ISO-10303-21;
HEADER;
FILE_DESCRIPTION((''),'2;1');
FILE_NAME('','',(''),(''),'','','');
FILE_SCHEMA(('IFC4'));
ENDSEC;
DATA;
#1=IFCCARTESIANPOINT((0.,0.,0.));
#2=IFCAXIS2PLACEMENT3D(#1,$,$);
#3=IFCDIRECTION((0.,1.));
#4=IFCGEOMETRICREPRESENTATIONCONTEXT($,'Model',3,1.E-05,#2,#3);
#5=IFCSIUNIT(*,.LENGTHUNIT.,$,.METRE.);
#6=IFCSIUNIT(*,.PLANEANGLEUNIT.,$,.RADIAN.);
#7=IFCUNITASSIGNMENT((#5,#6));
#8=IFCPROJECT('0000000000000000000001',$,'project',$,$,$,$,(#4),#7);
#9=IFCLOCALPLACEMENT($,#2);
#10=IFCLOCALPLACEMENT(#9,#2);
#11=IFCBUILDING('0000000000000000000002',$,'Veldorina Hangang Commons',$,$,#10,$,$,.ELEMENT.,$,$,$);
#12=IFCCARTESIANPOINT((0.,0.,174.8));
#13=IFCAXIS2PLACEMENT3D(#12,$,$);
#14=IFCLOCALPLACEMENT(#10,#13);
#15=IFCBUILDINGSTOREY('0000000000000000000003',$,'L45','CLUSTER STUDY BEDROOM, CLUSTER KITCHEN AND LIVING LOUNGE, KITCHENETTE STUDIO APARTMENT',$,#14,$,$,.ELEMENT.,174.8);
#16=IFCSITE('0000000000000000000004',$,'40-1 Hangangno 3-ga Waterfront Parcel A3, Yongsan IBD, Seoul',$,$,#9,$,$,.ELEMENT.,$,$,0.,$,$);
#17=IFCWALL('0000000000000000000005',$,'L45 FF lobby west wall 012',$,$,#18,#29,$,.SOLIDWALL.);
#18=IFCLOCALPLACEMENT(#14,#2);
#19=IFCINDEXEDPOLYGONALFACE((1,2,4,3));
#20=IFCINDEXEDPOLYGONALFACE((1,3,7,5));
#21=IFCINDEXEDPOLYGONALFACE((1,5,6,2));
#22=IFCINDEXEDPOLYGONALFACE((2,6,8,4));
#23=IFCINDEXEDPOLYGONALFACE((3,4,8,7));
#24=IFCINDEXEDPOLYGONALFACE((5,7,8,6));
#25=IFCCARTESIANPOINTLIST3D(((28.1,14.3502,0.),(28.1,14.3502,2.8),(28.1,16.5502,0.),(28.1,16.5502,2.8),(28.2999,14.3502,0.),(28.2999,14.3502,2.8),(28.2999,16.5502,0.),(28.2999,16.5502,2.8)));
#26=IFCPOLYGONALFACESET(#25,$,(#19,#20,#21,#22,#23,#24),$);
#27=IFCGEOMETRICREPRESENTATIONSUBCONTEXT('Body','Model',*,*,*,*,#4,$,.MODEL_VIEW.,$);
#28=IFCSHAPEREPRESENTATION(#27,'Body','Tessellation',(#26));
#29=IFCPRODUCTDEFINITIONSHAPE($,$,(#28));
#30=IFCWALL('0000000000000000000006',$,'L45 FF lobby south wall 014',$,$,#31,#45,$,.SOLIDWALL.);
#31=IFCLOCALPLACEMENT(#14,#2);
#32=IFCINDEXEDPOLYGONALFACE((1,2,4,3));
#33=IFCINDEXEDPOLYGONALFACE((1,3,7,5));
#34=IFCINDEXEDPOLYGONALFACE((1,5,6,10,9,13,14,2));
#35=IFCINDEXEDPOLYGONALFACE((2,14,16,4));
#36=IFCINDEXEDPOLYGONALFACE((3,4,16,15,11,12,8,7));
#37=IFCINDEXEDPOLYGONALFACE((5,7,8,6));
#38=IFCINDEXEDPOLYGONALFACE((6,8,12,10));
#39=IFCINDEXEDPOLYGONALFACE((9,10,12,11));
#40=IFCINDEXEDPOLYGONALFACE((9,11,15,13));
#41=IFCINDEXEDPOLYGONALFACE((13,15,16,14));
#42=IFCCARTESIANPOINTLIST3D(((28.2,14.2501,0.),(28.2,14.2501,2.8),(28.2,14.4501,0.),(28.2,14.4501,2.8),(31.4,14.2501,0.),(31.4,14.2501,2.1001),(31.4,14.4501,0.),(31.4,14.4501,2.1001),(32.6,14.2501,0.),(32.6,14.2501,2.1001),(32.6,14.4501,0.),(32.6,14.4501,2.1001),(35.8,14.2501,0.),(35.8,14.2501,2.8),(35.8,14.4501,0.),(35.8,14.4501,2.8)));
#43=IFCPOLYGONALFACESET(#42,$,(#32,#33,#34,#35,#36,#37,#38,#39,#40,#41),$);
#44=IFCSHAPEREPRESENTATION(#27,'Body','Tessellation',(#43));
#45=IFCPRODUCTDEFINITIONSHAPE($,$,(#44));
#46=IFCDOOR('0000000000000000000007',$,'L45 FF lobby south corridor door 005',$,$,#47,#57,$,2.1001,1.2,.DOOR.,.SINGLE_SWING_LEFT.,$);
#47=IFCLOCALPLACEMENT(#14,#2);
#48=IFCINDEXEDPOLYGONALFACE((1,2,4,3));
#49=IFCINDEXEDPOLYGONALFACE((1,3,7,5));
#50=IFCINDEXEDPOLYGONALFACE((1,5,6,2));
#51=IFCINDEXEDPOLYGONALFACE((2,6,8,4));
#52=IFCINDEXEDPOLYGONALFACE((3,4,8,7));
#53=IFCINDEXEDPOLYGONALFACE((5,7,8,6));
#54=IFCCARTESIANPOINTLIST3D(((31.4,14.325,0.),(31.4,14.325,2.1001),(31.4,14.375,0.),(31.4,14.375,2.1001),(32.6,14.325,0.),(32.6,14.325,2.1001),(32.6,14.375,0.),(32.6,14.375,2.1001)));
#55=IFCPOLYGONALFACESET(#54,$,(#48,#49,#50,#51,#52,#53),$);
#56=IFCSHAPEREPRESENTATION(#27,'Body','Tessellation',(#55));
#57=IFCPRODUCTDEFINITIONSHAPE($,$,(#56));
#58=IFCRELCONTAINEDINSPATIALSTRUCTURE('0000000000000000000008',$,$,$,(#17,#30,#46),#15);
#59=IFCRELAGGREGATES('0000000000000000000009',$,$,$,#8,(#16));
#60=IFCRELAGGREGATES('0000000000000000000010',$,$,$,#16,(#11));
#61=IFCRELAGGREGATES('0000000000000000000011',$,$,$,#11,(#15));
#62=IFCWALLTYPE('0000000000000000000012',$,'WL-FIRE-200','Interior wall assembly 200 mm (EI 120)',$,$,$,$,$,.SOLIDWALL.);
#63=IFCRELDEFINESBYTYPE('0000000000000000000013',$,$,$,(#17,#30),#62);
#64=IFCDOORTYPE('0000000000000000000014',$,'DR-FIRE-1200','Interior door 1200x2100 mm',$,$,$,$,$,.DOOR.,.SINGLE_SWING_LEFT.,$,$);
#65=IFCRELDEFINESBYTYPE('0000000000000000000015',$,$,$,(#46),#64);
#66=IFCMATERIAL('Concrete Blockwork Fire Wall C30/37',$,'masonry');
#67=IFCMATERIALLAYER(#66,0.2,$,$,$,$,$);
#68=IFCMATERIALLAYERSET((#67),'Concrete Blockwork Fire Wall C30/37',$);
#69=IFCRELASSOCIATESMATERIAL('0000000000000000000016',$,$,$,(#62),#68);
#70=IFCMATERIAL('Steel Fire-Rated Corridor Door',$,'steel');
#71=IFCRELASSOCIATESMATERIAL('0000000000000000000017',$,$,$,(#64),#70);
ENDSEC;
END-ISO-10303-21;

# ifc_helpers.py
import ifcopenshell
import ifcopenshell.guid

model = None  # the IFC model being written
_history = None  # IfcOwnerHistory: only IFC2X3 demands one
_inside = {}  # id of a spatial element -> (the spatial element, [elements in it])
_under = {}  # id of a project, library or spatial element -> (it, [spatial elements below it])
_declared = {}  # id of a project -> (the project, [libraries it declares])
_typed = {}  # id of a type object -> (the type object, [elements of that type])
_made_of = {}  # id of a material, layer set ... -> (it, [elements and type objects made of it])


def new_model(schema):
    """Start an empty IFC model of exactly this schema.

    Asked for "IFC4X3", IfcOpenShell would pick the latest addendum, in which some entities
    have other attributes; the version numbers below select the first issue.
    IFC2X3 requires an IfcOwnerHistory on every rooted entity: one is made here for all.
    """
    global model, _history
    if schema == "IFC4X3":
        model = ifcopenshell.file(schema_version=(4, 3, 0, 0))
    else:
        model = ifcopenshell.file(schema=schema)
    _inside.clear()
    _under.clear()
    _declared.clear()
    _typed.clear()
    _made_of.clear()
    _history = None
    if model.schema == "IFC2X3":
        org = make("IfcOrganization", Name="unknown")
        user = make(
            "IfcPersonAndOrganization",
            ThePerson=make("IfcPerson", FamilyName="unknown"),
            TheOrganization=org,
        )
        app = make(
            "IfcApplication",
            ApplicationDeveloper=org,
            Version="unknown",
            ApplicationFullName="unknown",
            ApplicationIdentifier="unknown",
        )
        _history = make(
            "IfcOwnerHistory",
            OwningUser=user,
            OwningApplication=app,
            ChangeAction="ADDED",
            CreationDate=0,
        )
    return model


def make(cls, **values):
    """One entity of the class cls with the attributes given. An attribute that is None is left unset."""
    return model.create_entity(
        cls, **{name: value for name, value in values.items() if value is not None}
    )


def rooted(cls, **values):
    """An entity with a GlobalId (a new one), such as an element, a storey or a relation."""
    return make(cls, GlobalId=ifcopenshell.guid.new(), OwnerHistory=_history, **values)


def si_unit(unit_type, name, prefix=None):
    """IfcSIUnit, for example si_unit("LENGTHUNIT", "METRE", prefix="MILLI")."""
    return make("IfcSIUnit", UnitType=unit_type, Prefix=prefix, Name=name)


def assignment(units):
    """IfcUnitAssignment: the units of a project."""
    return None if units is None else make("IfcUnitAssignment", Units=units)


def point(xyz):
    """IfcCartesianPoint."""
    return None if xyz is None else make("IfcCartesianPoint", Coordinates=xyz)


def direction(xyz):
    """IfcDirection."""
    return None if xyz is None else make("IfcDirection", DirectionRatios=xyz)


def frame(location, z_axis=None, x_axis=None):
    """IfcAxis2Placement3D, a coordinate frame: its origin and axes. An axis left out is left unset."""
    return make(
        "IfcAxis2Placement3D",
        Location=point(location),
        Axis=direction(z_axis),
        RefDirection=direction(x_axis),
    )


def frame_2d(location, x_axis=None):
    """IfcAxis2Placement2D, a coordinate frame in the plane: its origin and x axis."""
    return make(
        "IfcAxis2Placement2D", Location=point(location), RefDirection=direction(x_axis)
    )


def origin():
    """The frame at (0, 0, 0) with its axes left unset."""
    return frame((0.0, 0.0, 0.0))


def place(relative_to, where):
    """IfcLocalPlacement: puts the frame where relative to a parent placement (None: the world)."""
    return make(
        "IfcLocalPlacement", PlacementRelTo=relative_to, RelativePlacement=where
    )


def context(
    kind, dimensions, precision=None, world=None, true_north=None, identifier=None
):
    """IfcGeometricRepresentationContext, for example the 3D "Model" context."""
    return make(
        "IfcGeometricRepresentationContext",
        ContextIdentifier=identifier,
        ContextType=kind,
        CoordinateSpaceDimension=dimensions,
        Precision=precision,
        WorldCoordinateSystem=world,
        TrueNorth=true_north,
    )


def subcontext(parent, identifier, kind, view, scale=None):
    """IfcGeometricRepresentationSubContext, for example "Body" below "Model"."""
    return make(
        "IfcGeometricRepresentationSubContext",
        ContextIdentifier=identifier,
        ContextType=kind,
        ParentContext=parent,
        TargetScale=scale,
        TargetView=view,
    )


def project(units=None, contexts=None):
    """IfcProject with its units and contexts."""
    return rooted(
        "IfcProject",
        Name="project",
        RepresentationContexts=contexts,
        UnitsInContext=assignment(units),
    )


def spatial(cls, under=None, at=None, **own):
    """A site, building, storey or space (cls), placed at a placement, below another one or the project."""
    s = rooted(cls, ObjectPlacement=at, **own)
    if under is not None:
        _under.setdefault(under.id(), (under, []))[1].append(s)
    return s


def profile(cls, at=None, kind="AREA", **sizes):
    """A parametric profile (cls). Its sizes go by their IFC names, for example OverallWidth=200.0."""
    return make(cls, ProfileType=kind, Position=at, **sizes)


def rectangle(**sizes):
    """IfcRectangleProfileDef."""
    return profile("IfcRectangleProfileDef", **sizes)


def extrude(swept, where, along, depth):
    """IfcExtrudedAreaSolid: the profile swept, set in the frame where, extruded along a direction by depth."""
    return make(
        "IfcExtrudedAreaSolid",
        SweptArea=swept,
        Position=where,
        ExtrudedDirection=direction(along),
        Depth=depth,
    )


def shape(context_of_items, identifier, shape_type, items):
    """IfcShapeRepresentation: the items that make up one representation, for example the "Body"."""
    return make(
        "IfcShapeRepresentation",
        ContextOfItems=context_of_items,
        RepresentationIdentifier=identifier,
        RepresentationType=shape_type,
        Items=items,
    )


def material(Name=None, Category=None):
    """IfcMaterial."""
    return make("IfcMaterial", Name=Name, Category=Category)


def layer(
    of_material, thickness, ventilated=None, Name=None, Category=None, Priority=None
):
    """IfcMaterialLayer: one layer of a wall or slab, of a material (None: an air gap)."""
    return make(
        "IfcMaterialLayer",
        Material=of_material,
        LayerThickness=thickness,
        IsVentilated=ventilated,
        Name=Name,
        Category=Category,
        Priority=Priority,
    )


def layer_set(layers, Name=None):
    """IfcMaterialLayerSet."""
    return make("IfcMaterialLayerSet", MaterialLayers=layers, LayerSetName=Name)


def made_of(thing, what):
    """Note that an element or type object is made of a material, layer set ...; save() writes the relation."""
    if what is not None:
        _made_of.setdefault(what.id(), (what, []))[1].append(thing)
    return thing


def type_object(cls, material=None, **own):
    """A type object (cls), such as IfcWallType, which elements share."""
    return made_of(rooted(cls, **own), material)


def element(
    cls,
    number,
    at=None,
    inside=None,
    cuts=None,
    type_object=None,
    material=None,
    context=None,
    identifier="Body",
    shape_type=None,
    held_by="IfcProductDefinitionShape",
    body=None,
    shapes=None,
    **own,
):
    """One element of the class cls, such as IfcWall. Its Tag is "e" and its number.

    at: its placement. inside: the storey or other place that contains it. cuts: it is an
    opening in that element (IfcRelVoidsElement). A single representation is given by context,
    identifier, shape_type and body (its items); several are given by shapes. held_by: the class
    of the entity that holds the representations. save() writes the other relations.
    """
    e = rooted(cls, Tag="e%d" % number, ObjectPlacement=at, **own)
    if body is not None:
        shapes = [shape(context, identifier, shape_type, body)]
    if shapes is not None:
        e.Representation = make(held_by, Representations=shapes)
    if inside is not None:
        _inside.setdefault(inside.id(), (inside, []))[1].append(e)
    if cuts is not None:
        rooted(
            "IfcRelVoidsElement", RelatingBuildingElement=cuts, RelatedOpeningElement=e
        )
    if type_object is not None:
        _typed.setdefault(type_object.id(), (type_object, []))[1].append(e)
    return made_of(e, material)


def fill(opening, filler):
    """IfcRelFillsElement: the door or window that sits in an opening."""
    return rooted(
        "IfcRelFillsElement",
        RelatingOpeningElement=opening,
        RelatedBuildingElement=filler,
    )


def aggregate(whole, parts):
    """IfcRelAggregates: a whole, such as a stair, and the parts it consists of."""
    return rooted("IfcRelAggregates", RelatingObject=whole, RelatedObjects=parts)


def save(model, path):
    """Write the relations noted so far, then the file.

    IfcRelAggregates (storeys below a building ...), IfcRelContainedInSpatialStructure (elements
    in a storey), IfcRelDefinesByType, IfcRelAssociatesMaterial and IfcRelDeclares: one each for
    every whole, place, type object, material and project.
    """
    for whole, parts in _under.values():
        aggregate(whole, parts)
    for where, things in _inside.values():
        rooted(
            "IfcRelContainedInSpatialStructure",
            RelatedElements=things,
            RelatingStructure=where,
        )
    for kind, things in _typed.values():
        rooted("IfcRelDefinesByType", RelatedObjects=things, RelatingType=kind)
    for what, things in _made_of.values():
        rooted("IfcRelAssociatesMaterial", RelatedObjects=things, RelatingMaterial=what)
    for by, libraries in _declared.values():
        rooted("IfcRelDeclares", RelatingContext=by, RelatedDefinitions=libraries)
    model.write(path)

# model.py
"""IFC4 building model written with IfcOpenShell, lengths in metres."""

from ifc_helpers import new_model, si_unit, direction, frame, frame_2d, origin, place, context, subcontext, project, spatial, rectangle, extrude, material, layer, layer_set, type_object, element, fill, save


model = new_model("IFC4")

# Units and contexts
model_context = context("Model", 3, precision=1e-05, world=origin(), true_north=direction((0.0, 1.0)))
body_context = subcontext(model_context, "Body", "Model", "MODEL_VIEW")
ifc_project = project(units=[si_unit("LENGTHUNIT", "METRE"), si_unit("PLANEANGLEUNIT", "RADIAN")], contexts=[model_context])

# Site, building, storey
site_placement = place(None, origin())
site = spatial("IfcSite", under=ifc_project, at=site_placement, Name="40-1 Hangangno 3-ga Waterfront Parcel A3, Yongsan IBD, Seoul", CompositionType="ELEMENT", RefElevation=0.0)
building_placement = place(site_placement, origin())
building = spatial("IfcBuilding", under=site, at=building_placement, Name="Veldorina Hangang Commons", CompositionType="ELEMENT")
storey_placement = place(building_placement, frame((0.0, 0.0, 174.8)))
storey = spatial("IfcBuildingStorey", under=building, at=storey_placement, Name="L45", Description="CLUSTER STUDY BEDROOM, CLUSTER KITCHEN AND LIVING LOUNGE, KITCHENETTE STUDIO APARTMENT", CompositionType="ELEMENT", Elevation=174.8)

# Wall
ifc_material_1 = material(Name="Concrete Blockwork Fire Wall C30/37", Category="masonry")
ifc_layer_1 = layer(ifc_material_1, 0.2)
ifc_layer_set_1 = layer_set([ifc_layer_1], Name="Concrete Blockwork Fire Wall C30/37")
wall_type_1 = type_object("IfcWallType", Name="WL-FIRE-200", Description="Interior wall assembly 200 mm (EI 120)", PredefinedType="SOLIDWALL", material=ifc_layer_set_1)
wall_1_placement = place(storey_placement, frame((28.2, 14.3501, 0.0), z_axis=(0.0, 0.0, 1.0), x_axis=(0.0, 1.0, 0.0)))
element("IfcWall", 1, at=wall_1_placement, inside=storey, type_object=wall_type_1, Name="L45 FF lobby west wall 012", PredefinedType="SOLIDWALL", context=body_context, shape_type="SweptSolid", body=[
    extrude(rectangle(XDim=2.2, YDim=0.2, at=frame_2d((1.1001, 0.0))), origin(), (0.0, 0.0, 1.0), 2.8),
])

# Wall, opening, door
wall_2_placement = place(storey_placement, frame((28.2, 14.3501, 0.0), z_axis=(0.0, 0.0, 1.0), x_axis=(1.0, 0.0, 0.0)))
wall_2 = element("IfcWall", 2, at=wall_2_placement, inside=storey, type_object=wall_type_1, Name="L45 FF lobby south wall 014", PredefinedType="SOLIDWALL", context=body_context, shape_type="SweptSolid", body=[
    extrude(rectangle(XDim=7.6001, YDim=0.2, at=frame_2d((3.8, 0.0))), origin(), (0.0, 0.0, 1.0), 2.8),
])
opening_1_placement = place(wall_2_placement, frame((3.2, 0.0, 0.0)))
opening_1 = element("IfcOpeningElement", 3, at=opening_1_placement, cuts=wall_2, PredefinedType="OPENING", context=body_context, shape_type="SweptSolid", body=[
    extrude(rectangle(XDim=1.2, YDim=2.1001, at=frame_2d((0.6001, 1.05))), frame((0.0, 0.1099, 0.0), z_axis=(0.0, -1.0, 0.0), x_axis=(1.0, 0.0, 0.0)), (0.0, 0.0, 1.0), 0.22),
])
ifc_material_2 = material(Name="Steel Fire-Rated Corridor Door", Category="steel")
door_type_1 = type_object("IfcDoorType", Name="DR-FIRE-1200", Description="Interior door 1200x2100 mm", OperationType="SINGLE_SWING_LEFT", PredefinedType="DOOR", material=ifc_material_2)
door_1_placement = place(opening_1_placement, origin())
door_1 = element("IfcDoor", 4, at=door_1_placement, inside=storey, type_object=door_type_1, Name="L45 FF lobby south corridor door 005", OperationType="SINGLE_SWING_LEFT", OverallHeight=2.1001, OverallWidth=1.2, PredefinedType="DOOR", context=body_context, shape_type="SweptSolid", body=[
    extrude(rectangle(XDim=1.2, YDim=2.1001, at=frame_2d((0.6001, 1.05))), frame((0.0, 0.0249, 0.0), z_axis=(0.0, -1.0, 0.0), x_axis=(1.0, 0.0, 0.0)), (0.0, 0.0, 1.0), 0.05),
])
fill(opening_1, door_1)

save(model, "model.ifc")
